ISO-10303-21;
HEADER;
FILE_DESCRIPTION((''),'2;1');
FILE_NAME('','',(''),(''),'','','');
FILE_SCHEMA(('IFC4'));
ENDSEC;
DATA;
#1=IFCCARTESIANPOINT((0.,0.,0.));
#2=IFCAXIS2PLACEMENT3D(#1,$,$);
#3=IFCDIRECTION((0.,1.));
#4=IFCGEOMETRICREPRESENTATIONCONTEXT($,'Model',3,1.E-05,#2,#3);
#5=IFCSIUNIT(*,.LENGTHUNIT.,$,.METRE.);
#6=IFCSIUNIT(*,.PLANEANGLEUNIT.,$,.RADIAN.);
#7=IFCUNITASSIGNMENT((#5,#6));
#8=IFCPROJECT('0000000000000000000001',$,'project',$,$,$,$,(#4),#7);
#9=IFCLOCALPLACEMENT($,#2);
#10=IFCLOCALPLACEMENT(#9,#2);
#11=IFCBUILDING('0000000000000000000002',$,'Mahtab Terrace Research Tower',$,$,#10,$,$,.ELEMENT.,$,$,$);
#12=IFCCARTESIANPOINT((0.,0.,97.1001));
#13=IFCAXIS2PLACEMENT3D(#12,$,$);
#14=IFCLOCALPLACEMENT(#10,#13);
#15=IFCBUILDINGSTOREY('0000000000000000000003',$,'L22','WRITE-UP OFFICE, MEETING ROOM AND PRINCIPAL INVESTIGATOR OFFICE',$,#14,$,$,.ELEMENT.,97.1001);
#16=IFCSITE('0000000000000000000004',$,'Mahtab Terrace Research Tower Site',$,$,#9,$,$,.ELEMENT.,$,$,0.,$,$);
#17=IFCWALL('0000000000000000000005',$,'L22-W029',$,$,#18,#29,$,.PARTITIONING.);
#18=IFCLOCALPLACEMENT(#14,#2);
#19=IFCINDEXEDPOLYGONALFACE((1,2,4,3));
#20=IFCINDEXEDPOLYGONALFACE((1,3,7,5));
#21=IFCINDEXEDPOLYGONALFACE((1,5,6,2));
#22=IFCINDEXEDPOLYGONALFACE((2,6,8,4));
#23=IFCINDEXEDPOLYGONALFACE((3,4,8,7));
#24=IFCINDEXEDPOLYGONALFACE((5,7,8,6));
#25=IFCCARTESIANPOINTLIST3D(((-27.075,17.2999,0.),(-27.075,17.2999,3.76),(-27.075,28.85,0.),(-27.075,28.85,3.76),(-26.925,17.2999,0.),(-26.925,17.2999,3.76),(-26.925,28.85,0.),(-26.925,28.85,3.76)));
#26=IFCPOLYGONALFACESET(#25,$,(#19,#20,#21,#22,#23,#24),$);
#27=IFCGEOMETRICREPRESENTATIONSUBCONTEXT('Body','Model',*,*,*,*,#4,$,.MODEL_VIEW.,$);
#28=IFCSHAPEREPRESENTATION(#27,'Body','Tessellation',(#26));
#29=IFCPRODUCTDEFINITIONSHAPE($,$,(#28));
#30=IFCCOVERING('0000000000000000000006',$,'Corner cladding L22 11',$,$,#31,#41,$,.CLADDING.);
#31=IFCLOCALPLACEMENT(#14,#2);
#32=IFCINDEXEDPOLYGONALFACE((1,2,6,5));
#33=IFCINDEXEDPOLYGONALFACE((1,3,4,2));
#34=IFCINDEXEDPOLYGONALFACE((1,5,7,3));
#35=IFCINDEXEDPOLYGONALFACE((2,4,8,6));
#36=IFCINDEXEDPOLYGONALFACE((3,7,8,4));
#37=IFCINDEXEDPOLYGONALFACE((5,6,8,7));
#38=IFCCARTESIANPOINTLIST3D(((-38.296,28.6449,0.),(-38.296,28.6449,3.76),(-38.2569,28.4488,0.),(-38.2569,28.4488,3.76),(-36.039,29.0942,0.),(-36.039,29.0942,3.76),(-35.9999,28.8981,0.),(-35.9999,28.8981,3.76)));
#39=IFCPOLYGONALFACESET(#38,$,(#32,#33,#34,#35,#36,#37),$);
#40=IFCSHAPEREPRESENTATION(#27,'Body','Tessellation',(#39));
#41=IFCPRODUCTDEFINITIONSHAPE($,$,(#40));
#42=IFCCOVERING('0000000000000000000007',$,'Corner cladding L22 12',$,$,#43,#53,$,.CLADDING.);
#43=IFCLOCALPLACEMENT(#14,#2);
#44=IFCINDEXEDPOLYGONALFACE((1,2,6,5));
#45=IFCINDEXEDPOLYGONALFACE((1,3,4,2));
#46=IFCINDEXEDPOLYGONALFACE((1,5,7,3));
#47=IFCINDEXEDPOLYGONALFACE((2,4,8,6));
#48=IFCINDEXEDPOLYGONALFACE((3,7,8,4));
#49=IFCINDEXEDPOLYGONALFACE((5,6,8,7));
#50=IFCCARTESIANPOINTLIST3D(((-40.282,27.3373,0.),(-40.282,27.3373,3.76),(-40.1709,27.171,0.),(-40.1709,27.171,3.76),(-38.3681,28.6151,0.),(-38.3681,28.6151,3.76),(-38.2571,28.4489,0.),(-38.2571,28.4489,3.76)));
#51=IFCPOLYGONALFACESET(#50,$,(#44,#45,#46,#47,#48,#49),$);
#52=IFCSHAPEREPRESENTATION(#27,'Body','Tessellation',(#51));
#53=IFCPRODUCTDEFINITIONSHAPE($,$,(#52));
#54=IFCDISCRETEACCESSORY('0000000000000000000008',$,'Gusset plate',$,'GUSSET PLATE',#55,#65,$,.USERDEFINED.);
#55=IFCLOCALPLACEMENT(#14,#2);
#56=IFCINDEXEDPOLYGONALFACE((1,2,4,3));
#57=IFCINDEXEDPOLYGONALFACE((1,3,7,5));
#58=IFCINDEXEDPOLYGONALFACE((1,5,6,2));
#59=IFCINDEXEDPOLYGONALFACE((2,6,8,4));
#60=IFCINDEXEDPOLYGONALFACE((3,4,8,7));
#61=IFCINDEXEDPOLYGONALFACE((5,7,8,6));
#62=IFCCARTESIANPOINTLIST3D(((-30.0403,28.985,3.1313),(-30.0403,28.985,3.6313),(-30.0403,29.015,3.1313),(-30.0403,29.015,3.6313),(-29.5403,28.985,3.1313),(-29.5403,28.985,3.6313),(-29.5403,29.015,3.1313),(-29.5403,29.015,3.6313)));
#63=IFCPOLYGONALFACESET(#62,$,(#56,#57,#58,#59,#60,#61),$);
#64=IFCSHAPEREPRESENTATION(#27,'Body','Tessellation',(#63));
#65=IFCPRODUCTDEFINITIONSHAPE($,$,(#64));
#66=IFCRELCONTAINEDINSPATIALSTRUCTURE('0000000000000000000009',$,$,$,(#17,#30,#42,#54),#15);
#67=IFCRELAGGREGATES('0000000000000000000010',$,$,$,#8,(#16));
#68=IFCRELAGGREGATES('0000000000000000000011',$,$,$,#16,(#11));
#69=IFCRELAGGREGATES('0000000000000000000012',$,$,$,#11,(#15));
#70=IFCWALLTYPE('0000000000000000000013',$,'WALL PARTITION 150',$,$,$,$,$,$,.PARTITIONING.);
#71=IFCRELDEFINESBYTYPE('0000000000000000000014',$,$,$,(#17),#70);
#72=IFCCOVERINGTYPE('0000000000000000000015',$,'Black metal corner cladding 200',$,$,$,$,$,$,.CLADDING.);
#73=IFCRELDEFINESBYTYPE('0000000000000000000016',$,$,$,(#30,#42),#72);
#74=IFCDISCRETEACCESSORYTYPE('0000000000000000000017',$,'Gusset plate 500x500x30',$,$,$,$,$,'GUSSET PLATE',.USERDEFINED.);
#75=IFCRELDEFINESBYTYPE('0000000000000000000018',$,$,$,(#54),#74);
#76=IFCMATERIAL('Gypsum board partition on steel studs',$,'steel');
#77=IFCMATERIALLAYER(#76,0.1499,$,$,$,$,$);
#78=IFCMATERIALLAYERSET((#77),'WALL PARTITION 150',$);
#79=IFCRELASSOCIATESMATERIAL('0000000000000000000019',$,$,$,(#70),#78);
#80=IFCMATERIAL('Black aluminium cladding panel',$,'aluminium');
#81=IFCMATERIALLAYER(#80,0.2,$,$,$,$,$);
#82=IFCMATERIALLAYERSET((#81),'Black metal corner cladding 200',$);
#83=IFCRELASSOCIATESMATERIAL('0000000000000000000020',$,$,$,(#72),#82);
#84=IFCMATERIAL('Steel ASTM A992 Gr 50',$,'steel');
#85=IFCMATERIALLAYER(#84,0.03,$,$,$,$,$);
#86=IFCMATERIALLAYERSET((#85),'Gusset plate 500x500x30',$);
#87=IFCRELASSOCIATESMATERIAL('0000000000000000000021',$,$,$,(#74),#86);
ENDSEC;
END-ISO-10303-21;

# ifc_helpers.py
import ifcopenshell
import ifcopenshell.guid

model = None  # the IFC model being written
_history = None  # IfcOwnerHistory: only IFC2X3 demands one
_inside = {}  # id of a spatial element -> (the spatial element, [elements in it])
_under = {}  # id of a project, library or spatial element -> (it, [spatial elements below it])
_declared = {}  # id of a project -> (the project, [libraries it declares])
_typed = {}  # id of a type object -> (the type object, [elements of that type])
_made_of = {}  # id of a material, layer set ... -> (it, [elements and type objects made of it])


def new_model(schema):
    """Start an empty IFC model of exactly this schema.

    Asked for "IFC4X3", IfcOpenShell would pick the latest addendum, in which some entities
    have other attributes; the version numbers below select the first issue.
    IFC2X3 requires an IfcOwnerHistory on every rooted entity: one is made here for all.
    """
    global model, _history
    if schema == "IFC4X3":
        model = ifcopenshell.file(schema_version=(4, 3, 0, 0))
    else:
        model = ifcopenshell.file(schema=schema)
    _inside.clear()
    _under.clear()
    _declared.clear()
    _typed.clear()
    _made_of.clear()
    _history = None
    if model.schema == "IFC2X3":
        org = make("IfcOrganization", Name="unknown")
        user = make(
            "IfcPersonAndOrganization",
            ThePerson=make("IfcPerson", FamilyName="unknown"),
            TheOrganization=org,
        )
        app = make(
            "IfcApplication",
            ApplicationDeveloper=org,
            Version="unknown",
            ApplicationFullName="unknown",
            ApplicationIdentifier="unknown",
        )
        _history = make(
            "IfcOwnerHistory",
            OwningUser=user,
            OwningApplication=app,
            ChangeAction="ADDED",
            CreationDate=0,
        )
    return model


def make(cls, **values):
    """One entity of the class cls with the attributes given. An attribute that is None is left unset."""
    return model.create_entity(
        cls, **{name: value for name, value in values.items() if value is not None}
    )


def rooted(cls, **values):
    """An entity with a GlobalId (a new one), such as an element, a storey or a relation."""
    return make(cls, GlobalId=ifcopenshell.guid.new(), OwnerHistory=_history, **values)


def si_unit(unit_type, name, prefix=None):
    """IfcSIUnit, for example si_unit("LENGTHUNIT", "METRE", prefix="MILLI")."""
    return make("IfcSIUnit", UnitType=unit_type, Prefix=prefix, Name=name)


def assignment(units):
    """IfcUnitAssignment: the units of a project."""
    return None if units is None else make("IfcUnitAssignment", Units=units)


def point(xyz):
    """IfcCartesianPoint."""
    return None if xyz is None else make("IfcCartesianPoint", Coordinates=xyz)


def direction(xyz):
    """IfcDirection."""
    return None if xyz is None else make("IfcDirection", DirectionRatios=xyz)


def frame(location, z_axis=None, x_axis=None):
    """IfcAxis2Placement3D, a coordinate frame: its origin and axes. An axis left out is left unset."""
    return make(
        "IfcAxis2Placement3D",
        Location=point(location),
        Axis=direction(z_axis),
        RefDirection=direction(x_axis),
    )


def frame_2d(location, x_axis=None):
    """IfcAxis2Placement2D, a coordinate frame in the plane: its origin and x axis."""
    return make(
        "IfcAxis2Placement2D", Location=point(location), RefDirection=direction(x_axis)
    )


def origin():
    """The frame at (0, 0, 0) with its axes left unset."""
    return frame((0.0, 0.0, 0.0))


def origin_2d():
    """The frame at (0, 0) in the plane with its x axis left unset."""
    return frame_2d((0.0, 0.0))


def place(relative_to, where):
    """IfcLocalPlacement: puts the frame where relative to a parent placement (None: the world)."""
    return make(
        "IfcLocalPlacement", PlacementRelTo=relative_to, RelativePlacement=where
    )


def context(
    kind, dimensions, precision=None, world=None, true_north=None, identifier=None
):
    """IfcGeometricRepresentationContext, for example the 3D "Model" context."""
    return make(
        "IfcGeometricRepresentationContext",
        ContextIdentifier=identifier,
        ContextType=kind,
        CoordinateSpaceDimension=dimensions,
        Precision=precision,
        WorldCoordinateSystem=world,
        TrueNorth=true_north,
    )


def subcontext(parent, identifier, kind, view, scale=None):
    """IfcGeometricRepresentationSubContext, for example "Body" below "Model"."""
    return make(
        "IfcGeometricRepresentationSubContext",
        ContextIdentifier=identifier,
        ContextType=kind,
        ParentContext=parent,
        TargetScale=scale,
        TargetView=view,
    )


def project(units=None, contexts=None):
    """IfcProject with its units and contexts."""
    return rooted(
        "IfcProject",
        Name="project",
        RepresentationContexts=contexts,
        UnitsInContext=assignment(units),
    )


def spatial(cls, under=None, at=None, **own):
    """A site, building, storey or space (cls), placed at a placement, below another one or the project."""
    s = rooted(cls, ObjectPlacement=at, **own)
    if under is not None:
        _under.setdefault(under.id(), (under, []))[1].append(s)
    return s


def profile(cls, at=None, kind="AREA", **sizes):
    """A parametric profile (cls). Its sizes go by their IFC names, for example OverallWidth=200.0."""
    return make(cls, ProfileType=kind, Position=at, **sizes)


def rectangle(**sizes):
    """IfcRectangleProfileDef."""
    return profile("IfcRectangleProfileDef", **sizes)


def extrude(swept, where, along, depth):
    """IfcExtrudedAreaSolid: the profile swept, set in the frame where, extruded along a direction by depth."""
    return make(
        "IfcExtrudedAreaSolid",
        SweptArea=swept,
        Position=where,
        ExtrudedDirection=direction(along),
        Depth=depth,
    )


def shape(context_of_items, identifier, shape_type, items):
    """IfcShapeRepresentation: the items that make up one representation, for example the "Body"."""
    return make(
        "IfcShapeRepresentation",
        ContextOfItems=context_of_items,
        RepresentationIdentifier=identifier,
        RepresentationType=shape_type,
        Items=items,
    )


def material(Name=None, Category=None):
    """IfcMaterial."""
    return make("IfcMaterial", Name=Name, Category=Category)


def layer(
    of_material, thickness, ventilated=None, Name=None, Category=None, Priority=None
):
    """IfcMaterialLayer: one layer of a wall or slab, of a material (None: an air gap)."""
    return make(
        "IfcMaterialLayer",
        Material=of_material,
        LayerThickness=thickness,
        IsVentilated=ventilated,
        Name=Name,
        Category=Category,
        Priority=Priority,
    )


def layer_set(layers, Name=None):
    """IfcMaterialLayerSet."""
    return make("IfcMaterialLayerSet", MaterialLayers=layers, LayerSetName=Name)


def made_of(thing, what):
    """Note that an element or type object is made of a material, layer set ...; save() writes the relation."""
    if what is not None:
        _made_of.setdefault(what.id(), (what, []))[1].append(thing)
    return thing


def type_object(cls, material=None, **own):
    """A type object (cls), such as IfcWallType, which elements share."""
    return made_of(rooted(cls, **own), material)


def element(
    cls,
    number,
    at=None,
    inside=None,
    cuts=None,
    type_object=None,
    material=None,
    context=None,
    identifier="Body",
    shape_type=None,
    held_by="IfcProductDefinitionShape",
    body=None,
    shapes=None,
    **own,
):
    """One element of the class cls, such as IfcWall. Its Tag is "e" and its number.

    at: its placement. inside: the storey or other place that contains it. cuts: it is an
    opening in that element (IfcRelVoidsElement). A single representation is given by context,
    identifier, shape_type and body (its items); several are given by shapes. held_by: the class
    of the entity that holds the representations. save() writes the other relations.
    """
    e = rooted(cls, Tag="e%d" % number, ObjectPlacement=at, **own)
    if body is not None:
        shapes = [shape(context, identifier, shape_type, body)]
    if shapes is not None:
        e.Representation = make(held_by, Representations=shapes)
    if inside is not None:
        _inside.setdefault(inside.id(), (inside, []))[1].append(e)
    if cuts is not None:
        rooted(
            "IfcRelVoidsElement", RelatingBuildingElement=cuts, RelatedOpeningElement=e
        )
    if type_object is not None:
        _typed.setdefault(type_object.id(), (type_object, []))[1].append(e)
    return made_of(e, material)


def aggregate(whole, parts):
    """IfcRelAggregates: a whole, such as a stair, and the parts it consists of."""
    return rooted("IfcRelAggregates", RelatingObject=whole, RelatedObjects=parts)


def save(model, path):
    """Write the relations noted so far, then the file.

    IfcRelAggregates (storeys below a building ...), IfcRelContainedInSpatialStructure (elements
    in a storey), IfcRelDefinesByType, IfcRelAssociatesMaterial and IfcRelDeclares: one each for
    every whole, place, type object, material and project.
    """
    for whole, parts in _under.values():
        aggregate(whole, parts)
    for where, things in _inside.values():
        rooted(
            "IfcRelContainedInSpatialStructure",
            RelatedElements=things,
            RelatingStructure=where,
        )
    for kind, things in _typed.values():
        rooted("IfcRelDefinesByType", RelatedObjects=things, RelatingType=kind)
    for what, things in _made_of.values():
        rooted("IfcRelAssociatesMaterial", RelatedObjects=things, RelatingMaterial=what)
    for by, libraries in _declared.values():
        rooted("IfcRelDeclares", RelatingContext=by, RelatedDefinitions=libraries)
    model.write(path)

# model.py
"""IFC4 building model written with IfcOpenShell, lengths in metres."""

from ifc_helpers import new_model, si_unit, direction, frame, frame_2d, origin, origin_2d, place, context, subcontext, project, spatial, rectangle, extrude, material, layer, layer_set, type_object, element, save


model = new_model("IFC4")

# Units and contexts
model_context = context("Model", 3, precision=1e-05, world=origin(), true_north=direction((0.0, 1.0)))
body_context = subcontext(model_context, "Body", "Model", "MODEL_VIEW")
ifc_project = project(units=[si_unit("LENGTHUNIT", "METRE"), si_unit("PLANEANGLEUNIT", "RADIAN")], contexts=[model_context])

# Site, building, storey
site_placement = place(None, origin())
site = spatial("IfcSite", under=ifc_project, at=site_placement, Name="Mahtab Terrace Research Tower Site", CompositionType="ELEMENT", RefElevation=0.0)
building_placement = place(site_placement, origin())
building = spatial("IfcBuilding", under=site, at=building_placement, Name="Mahtab Terrace Research Tower", CompositionType="ELEMENT")
storey_placement = place(building_placement, frame((0.0, 0.0, 97.1001)))
storey = spatial("IfcBuildingStorey", under=building, at=storey_placement, Name="L22", Description="WRITE-UP OFFICE, MEETING ROOM AND PRINCIPAL INVESTIGATOR OFFICE", CompositionType="ELEMENT", Elevation=97.1001)

# Shared definitions
ifc_material_1 = material(Name="Steel ASTM A992 Gr 50", Category="steel")

# Shared definitions
ifc_material_2 = material(Name="Black aluminium cladding panel", Category="aluminium")

# Wall
ifc_material_3 = material(Name="Gypsum board partition on steel studs", Category="steel")
ifc_layer_1 = layer(ifc_material_3, 0.1499)
ifc_layer_set_1 = layer_set([ifc_layer_1], Name="WALL PARTITION 150")
wall_type_1 = type_object("IfcWallType", Name="WALL PARTITION 150", PredefinedType="PARTITIONING", material=ifc_layer_set_1)
for number, where, z_axis, x_axis, name in (
    (1, (-27.0, 17.3, 0.0), (0.0, 0.0, 1.0), (0.0, 1.0, 0.0), "L22-W029"),
):
    element("IfcWall", number, at=place(storey_placement, frame(where, z_axis=z_axis, x_axis=x_axis)), inside=storey, type_object=wall_type_1, Name=name, PredefinedType="PARTITIONING", context=body_context, shape_type="SweptSolid", body=[
        extrude(rectangle(XDim=11.55, YDim=0.1499, at=frame_2d((5.7749, 0.0))), origin(), (0.0, 0.0, 1.0), 3.76),
    ])

# Coverings
ifc_layer_2 = layer(ifc_material_2, 0.2)
ifc_layer_set_2 = layer_set([ifc_layer_2], Name="Black metal corner cladding 200")
covering_type = type_object("IfcCoveringType", Name="Black metal corner cladding 200", PredefinedType="CLADDING", material=ifc_layer_set_2)
for number, where, z_axis, x_axis, name in (
    (2, (-37.1479, 28.7715, 0.0), (0.0, 0.0, 1.0), (-0.980761, -0.195212, 0.0), "Corner cladding L22 11"),
    (3, (-39.2695, 27.8931, 0.0), (0.0, 0.0, 1.0), (-0.831656, -0.555291, 0.0), "Corner cladding L22 12"),
):
    element("IfcCovering", number, at=place(storey_placement, frame(where, z_axis=z_axis, x_axis=x_axis)), inside=storey, type_object=covering_type, Name=name, PredefinedType="CLADDING", context=body_context, shape_type="SweptSolid", body=[
        extrude(rectangle(XDim=2.3013, YDim=0.2, at=origin_2d()), origin(), (0.0, 0.0, 1.0), 3.76),
    ])

# Discrete accessory
ifc_layer_3 = layer(ifc_material_1, 0.03)
ifc_layer_set_3 = layer_set([ifc_layer_3], Name="Gusset plate 500x500x30")
discrete_accessory_type = type_object("IfcDiscreteAccessoryType", Name="Gusset plate 500x500x30", ElementType="GUSSET PLATE", PredefinedType="USERDEFINED", material=ifc_layer_set_3)
discrete_accessory_placement = place(storey_placement, frame((-29.7903, 29.0, 3.1313), z_axis=(0.0, 0.0, 1.0), x_axis=(1.0, 0.0, 0.0)))
element("IfcDiscreteAccessory", 4, at=discrete_accessory_placement, inside=storey, type_object=discrete_accessory_type, Name="Gusset plate", ObjectType="GUSSET PLATE", PredefinedType="USERDEFINED", context=body_context, shape_type="SweptSolid", body=[
    extrude(rectangle(XDim=0.5, YDim=0.03, at=origin_2d()), origin(), (0.0, 0.0, 1.0), 0.5),
])

save(model, "model.ifc")
